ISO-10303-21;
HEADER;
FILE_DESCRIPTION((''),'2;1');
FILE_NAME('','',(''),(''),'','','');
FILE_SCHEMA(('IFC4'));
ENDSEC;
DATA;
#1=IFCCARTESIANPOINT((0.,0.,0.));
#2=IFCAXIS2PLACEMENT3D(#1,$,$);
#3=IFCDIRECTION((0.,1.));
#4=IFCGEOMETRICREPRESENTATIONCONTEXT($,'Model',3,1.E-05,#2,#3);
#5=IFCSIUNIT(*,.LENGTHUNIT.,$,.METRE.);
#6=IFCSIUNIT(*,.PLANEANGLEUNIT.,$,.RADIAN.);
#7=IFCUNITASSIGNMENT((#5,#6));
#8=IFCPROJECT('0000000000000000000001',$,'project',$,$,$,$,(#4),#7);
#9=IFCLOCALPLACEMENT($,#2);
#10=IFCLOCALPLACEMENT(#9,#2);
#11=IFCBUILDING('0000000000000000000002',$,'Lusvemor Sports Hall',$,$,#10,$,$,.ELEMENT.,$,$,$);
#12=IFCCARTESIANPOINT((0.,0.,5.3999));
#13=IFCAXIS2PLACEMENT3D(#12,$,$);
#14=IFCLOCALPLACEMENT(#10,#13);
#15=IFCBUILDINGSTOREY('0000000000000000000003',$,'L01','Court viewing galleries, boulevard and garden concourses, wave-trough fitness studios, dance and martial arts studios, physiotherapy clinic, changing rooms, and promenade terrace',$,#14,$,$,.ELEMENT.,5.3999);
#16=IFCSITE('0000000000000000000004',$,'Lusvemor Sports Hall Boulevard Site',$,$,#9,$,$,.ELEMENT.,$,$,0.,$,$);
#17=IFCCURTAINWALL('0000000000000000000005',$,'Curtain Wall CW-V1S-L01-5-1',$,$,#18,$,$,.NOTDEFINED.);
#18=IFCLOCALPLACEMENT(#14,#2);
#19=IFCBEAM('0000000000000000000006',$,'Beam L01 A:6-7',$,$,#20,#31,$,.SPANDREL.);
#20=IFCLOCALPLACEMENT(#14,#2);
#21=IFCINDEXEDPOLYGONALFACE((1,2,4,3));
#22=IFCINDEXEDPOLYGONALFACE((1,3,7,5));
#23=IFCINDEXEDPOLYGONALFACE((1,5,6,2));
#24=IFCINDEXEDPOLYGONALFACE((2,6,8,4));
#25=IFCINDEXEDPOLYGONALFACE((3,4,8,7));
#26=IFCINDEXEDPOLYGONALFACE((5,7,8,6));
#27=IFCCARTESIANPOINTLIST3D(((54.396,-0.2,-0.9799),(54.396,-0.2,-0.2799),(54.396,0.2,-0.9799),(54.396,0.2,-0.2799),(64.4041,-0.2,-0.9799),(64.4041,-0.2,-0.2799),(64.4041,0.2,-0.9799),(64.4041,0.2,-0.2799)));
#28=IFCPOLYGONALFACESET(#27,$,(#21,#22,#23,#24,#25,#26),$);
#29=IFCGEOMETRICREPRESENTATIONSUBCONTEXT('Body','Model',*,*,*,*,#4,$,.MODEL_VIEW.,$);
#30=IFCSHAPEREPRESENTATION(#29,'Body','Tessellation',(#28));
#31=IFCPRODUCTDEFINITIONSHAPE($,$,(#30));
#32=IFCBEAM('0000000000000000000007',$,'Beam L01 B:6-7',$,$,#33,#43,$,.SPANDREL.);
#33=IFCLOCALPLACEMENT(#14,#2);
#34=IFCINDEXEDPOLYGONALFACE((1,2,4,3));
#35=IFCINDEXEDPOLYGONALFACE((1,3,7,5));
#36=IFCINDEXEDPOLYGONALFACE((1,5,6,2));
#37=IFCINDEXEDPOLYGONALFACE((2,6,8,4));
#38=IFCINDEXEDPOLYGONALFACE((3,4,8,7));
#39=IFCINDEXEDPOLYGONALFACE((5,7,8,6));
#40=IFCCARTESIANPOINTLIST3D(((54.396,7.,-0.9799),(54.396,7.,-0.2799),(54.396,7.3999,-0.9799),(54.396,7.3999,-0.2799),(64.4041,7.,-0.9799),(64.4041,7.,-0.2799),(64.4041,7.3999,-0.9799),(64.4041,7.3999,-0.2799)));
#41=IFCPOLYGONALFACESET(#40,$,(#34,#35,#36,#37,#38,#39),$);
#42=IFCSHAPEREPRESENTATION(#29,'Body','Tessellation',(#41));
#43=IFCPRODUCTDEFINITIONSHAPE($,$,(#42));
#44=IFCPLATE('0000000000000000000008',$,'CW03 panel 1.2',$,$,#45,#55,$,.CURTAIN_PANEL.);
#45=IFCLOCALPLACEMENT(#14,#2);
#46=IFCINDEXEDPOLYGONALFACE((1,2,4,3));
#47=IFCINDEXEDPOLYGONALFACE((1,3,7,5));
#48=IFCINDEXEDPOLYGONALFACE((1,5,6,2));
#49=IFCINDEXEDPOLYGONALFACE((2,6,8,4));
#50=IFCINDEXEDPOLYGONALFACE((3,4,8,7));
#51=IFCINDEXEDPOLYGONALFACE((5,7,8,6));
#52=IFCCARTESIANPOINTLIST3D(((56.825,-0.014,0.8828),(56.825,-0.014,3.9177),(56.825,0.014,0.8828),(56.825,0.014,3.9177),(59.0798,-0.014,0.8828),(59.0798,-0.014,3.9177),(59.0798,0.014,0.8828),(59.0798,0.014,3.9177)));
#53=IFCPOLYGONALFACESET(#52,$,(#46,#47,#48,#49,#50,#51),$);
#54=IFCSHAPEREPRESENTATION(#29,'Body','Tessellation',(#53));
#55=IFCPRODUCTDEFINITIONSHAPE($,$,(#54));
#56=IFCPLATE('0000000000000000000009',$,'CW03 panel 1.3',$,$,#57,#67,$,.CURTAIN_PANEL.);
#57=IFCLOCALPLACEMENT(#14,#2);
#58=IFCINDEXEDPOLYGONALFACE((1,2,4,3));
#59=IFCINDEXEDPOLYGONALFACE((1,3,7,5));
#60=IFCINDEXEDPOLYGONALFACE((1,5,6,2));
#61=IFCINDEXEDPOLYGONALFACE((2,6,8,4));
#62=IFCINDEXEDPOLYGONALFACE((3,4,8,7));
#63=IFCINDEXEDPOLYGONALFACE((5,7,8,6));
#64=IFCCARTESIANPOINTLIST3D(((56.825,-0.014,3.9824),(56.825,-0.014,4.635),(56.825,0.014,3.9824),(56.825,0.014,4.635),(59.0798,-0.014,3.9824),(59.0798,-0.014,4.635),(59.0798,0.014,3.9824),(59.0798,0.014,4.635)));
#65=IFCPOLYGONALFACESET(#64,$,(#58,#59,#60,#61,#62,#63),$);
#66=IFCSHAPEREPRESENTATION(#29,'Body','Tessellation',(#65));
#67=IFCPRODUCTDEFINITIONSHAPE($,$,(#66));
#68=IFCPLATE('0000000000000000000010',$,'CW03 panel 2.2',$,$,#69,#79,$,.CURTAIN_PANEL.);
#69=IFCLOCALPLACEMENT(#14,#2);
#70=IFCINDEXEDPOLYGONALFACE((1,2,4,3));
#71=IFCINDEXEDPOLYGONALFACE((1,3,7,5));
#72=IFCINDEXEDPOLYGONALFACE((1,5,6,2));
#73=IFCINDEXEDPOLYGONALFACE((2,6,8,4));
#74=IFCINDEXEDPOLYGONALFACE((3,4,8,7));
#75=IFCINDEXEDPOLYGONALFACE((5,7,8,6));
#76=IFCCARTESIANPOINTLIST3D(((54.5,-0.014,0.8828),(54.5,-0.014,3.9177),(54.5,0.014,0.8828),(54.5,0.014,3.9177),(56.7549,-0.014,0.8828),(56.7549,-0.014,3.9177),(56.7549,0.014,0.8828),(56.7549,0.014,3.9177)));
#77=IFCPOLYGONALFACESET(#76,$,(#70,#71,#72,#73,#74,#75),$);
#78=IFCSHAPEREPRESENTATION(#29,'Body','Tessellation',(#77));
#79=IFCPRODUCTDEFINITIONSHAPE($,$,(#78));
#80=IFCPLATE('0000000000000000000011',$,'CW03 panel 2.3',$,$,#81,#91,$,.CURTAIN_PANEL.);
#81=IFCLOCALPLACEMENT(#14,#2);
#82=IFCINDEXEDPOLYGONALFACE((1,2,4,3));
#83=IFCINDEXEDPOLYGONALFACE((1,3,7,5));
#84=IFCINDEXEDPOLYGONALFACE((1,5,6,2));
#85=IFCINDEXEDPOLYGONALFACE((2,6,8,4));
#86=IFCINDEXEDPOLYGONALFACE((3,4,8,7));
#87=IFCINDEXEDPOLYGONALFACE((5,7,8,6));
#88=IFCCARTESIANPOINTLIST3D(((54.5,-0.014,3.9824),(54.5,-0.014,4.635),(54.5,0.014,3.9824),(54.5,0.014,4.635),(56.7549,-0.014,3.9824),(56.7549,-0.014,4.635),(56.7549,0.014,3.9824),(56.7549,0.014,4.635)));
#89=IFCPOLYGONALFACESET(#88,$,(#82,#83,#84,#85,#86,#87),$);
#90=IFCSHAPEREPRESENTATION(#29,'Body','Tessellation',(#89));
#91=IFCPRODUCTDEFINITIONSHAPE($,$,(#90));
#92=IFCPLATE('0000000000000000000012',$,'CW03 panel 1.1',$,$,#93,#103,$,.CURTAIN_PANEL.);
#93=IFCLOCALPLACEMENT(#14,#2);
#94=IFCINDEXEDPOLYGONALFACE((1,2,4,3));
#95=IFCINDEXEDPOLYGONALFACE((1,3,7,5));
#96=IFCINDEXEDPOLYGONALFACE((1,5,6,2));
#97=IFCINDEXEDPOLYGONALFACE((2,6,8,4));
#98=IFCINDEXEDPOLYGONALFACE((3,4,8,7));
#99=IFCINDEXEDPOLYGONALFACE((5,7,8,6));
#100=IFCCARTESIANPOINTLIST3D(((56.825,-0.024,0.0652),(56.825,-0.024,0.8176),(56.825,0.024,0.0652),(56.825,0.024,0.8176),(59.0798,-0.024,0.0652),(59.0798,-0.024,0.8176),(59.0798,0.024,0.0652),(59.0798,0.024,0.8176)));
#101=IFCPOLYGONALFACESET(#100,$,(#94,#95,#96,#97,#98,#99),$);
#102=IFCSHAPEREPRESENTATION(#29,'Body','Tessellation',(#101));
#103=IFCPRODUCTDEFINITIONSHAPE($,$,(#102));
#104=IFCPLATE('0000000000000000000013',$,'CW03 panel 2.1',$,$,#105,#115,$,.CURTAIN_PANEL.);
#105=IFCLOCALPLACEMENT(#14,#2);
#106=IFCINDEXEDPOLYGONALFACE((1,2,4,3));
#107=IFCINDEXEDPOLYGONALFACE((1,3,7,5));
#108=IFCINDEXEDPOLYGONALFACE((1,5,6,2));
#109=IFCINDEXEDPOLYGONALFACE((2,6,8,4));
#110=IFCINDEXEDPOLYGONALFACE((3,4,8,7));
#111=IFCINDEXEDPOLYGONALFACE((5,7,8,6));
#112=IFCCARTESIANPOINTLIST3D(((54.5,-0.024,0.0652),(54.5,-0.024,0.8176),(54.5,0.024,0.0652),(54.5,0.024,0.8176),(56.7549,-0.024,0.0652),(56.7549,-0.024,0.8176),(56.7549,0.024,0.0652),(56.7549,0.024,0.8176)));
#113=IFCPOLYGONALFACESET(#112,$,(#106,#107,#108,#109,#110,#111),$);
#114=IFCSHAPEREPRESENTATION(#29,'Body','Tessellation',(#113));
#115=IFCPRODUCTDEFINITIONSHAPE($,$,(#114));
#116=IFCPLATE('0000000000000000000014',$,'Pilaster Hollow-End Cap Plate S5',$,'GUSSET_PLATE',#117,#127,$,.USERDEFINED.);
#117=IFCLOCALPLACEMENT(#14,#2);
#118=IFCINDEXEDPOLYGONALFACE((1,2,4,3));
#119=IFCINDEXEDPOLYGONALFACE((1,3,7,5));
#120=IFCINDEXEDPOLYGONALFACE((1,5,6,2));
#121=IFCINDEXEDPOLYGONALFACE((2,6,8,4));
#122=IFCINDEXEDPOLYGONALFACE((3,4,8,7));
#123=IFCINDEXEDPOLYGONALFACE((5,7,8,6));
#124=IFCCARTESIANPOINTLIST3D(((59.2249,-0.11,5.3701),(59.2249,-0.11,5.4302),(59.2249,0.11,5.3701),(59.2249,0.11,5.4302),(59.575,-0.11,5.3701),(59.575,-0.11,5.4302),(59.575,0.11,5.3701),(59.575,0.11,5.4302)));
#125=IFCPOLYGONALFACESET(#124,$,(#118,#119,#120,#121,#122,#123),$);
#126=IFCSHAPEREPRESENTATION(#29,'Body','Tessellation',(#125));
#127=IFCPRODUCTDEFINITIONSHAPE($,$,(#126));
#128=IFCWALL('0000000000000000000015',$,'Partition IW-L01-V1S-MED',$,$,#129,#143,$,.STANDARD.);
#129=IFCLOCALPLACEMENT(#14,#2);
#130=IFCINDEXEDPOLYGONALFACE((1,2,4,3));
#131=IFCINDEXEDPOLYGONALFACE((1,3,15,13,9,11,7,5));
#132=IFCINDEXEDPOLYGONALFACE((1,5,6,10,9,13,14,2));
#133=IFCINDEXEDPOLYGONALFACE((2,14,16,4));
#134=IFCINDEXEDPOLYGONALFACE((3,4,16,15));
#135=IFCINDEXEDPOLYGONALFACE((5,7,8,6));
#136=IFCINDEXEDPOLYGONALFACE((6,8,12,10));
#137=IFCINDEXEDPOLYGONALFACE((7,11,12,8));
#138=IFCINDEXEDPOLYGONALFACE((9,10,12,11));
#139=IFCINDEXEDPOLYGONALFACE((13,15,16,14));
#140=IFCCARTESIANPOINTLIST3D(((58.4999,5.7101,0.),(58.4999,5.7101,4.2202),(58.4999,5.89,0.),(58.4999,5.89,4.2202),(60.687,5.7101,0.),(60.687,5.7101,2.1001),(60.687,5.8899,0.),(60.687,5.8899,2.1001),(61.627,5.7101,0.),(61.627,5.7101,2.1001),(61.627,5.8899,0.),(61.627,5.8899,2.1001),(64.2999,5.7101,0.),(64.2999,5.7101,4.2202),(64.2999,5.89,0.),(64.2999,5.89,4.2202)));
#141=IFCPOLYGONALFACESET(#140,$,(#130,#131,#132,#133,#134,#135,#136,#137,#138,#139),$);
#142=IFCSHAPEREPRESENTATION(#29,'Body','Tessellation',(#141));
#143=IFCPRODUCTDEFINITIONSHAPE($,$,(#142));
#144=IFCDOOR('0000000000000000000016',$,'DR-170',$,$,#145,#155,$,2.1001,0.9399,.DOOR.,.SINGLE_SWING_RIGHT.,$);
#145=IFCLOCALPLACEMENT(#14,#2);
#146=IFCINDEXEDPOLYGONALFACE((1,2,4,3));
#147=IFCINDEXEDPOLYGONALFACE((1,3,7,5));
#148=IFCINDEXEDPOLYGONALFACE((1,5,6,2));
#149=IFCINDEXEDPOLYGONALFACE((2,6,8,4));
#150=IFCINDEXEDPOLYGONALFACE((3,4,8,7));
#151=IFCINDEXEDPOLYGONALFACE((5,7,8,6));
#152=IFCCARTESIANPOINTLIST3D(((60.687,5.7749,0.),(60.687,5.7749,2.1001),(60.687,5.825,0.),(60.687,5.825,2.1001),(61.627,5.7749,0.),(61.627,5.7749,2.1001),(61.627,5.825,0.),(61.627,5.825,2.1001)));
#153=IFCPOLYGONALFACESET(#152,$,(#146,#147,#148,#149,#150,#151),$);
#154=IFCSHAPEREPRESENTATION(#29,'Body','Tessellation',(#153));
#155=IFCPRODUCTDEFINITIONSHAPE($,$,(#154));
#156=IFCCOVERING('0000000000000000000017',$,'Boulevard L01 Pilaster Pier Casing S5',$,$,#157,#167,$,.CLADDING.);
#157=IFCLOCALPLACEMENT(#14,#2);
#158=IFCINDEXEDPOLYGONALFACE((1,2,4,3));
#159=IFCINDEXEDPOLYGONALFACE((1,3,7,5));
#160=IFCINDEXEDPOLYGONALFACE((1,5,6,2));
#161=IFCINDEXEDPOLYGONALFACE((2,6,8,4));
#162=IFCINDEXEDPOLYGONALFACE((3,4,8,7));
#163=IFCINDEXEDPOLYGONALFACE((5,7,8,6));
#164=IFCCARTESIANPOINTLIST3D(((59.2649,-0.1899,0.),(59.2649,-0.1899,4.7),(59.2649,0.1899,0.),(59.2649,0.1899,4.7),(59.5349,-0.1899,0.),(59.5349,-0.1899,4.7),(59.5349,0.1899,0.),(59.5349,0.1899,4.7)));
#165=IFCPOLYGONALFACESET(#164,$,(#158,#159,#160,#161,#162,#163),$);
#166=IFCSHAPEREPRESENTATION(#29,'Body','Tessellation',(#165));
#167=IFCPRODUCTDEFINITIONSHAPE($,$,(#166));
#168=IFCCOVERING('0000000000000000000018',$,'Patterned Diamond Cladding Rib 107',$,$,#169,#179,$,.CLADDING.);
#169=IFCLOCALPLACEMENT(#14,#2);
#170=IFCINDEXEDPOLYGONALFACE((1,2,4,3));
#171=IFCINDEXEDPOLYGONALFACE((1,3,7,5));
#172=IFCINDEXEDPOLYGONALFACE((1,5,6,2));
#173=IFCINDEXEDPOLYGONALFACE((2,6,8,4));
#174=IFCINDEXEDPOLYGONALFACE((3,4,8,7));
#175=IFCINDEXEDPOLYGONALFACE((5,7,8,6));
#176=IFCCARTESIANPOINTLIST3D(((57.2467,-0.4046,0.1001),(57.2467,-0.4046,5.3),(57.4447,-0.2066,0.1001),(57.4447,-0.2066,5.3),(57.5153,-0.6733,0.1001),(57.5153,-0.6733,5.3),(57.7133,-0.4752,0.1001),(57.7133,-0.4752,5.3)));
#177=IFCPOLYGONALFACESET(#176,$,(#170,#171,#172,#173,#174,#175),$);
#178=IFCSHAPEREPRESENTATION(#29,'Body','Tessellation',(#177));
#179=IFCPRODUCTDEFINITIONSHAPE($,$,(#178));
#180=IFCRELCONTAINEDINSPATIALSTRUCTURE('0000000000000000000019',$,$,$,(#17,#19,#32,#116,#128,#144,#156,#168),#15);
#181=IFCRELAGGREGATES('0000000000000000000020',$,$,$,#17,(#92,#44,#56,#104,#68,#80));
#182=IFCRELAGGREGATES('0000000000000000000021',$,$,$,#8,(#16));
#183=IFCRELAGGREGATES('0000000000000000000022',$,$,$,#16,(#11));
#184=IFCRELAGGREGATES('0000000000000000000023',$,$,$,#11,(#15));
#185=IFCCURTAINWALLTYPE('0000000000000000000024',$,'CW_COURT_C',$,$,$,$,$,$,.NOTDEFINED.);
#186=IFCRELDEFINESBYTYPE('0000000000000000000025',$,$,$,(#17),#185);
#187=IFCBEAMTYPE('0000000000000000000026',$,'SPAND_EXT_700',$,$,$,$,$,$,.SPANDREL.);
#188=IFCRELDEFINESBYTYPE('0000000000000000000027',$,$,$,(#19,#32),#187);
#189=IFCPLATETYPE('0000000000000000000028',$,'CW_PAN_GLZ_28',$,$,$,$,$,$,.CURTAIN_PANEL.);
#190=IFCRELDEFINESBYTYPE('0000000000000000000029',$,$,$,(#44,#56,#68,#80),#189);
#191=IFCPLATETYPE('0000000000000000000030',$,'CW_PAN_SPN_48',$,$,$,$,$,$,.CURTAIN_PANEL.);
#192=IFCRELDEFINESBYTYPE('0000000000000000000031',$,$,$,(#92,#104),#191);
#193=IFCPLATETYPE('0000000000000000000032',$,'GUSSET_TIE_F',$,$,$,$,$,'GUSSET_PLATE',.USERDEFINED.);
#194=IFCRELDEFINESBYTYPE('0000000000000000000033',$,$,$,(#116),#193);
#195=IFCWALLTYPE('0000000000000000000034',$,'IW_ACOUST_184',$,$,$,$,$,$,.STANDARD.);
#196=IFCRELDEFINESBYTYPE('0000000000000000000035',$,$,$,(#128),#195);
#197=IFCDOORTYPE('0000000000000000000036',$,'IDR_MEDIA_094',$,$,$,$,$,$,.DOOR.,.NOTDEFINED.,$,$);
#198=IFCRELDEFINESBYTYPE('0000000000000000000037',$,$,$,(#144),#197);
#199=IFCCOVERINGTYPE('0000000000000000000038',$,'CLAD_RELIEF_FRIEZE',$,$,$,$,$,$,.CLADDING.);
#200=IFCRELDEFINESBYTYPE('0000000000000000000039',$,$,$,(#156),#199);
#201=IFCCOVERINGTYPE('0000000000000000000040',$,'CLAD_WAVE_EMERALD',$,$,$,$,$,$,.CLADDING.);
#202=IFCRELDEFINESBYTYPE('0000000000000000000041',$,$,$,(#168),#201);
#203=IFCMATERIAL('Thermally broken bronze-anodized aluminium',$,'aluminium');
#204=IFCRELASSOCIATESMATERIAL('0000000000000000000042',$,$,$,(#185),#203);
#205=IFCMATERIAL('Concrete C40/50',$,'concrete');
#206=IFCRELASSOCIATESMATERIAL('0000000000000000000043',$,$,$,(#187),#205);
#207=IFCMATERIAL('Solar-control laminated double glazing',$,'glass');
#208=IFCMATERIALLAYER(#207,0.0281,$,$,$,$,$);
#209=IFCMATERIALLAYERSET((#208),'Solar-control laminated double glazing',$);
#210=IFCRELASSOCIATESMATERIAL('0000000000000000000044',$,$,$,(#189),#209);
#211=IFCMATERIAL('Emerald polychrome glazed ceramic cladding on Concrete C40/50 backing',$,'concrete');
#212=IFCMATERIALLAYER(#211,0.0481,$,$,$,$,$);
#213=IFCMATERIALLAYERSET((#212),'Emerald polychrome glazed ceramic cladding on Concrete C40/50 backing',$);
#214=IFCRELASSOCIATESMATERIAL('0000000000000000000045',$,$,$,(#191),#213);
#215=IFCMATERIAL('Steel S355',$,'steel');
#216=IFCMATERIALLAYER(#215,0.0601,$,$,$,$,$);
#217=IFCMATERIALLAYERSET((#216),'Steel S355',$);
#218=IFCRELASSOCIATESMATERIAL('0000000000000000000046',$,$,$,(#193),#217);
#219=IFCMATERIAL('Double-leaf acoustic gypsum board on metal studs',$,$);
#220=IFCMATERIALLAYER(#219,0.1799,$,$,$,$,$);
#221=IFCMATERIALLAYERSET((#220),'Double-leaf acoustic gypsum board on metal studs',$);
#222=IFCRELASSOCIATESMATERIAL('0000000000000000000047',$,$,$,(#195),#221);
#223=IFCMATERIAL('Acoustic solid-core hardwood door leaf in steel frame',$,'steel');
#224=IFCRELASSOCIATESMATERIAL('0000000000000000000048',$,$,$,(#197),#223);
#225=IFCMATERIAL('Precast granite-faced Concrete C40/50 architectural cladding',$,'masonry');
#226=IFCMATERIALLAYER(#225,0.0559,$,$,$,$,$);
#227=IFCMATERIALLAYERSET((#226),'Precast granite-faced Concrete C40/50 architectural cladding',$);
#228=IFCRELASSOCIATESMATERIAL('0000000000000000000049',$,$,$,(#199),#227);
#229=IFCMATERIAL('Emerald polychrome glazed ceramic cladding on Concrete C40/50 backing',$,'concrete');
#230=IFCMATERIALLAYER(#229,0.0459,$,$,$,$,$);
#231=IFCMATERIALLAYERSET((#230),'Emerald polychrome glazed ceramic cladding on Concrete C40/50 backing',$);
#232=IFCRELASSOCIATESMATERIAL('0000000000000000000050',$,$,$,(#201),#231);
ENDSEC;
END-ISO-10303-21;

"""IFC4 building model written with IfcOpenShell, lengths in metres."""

from ifc_helpers import new_model, si_unit, direction, frame, frame_2d, origin, origin_2d, place, context, subcontext, project, spatial, rectangle, extrude, material, layer, layer_set, material_profile, profile_set, type_object, element, fill, aggregate, save


model = new_model("IFC4")

# Units and contexts
model_context = context("Model", 3, precision=1e-05, world=origin(), true_north=direction((0.0, 1.0)))
body_context = subcontext(model_context, "Body", "Model", "MODEL_VIEW")
ifc_project = project(units=[si_unit("LENGTHUNIT", "METRE"), si_unit("PLANEANGLEUNIT", "RADIAN")], contexts=[model_context])

# Site, building, storey
site_placement = place(None, origin())
site = spatial("IfcSite", under=ifc_project, at=site_placement, Name="Lusvemor Sports Hall Boulevard Site", CompositionType="ELEMENT", RefElevation=0.0)
building_placement = place(site_placement, origin())
building = spatial("IfcBuilding", under=site, at=building_placement, Name="Lusvemor Sports Hall", CompositionType="ELEMENT")
storey_placement = place(building_placement, frame((0.0, 0.0, 5.3999)))
storey = spatial("IfcBuildingStorey", under=building, at=storey_placement, Name="L01", Description="Court viewing galleries, boulevard and garden concourses, wave-trough fitness studios, dance and martial arts studios, physiotherapy clinic, changing rooms, and promenade terrace", CompositionType="ELEMENT", Elevation=5.3999)

# Curtain wall
ifc_material_1 = material(Name="Thermally broken bronze-anodized aluminium", Category="aluminium")
curtain_wall_type = type_object("IfcCurtainWallType", Name="CW_COURT_C", PredefinedType="NOTDEFINED", material=ifc_material_1)
curtain_wall_placement = place(storey_placement, origin())
curtain_wall = element("IfcCurtainWall", 1, at=curtain_wall_placement, inside=storey, type_object=curtain_wall_type, Name="Curtain Wall CW-V1S-L01-5-1", PredefinedType="NOTDEFINED")

# Beams
ifc_material_2 = material(Name="Concrete C40/50", Category="concrete")
ifc_material_profile_1 = material_profile(ifc_material_2, rectangle(XDim=0.3999, YDim=0.7, at=origin_2d()), Name="RC400x700")
ifc_profile_set_1 = profile_set([ifc_material_profile_1], Name="Concrete C40/50")
beam_type_1 = type_object("IfcBeamType", Name="SPAND_EXT_700", PredefinedType="SPANDREL", material=ifc_profile_set_1)
for number, where, z_axis, x_axis, name in (
    (2, (54.396, 0.0, -0.6299), (1.0, 0.0, 0.0), (0.0, 1.0, 0.0), "Beam L01 A:6-7"),
    (3, (54.396, 7.2, -0.6299), (1.0, 0.0, 0.0), (0.0, 1.0, 0.0), "Beam L01 B:6-7"),
):
    element("IfcBeam", number, at=place(storey_placement, frame(where, z_axis=z_axis, x_axis=x_axis)), inside=storey, type_object=beam_type_1, Name=name, PredefinedType="SPANDREL", context=body_context, shape_type="SweptSolid", body=[
        extrude(rectangle(XDim=0.3999, YDim=0.7, at=origin_2d()), origin(), (0.0, 0.0, 1.0), 10.0081),
    ])

# Plates
ifc_material_3 = material(Name="Solar-control laminated double glazing", Category="glass")
ifc_layer_1 = layer(ifc_material_3, 0.0281)
ifc_layer_set_1 = layer_set([ifc_layer_1], Name="Solar-control laminated double glazing")
plate_type_1 = type_object("IfcPlateType", Name="CW_PAN_GLZ_28", PredefinedType="CURTAIN_PANEL", material=ifc_layer_set_1)
plate_1_placement = place(storey_placement, frame((57.9524, 0.0, 0.8828), z_axis=(0.0, 0.0, 1.0), x_axis=(-1.0, 0.0, 0.0)))
plate_1 = element("IfcPlate", 4, at=plate_1_placement, type_object=plate_type_1, Name="CW03 panel 1.2", PredefinedType="CURTAIN_PANEL", context=body_context, shape_type="SweptSolid", body=[
    extrude(rectangle(XDim=2.2549, YDim=0.0281, at=origin_2d()), origin(), (0.0, 0.0, 1.0), 3.0349),
])
plate_2_placement = place(storey_placement, frame((57.9524, 0.0, 3.9824), z_axis=(0.0, 0.0, 1.0), x_axis=(-1.0, 0.0, 0.0)))
plate_2 = element("IfcPlate", 5, at=plate_2_placement, type_object=plate_type_1, Name="CW03 panel 1.3", PredefinedType="CURTAIN_PANEL", context=body_context, shape_type="SweptSolid", body=[
    extrude(rectangle(XDim=2.2549, YDim=0.0281, at=origin_2d()), origin(), (0.0, 0.0, 1.0), 0.6526),
])
plate_3_placement = place(storey_placement, frame((55.6274, 0.0, 0.8828), z_axis=(0.0, 0.0, 1.0), x_axis=(-1.0, 0.0, 0.0)))
plate_3 = element("IfcPlate", 6, at=plate_3_placement, type_object=plate_type_1, Name="CW03 panel 2.2", PredefinedType="CURTAIN_PANEL", context=body_context, shape_type="SweptSolid", body=[
    extrude(rectangle(XDim=2.2549, YDim=0.0281, at=origin_2d()), origin(), (0.0, 0.0, 1.0), 3.0349),
])
plate_4_placement = place(storey_placement, frame((55.6274, 0.0, 3.9824), z_axis=(0.0, 0.0, 1.0), x_axis=(-1.0, 0.0, 0.0)))
plate_4 = element("IfcPlate", 7, at=plate_4_placement, type_object=plate_type_1, Name="CW03 panel 2.3", PredefinedType="CURTAIN_PANEL", context=body_context, shape_type="SweptSolid", body=[
    extrude(rectangle(XDim=2.2549, YDim=0.0281, at=origin_2d()), origin(), (0.0, 0.0, 1.0), 0.6526),
])
ifc_material_4 = material(Name="Emerald polychrome glazed ceramic cladding on Concrete C40/50 backing", Category="concrete")
ifc_layer_2 = layer(ifc_material_4, 0.0481)
ifc_layer_set_2 = layer_set([ifc_layer_2], Name="Emerald polychrome glazed ceramic cladding on Concrete C40/50 backing")
plate_type_2 = type_object("IfcPlateType", Name="CW_PAN_SPN_48", PredefinedType="CURTAIN_PANEL", material=ifc_layer_set_2)
plate_5_placement = place(storey_placement, frame((57.9524, 0.0, 0.0652), z_axis=(0.0, 0.0, 1.0), x_axis=(-1.0, 0.0, 0.0)))
plate_5 = element("IfcPlate", 8, at=plate_5_placement, type_object=plate_type_2, Name="CW03 panel 1.1", PredefinedType="CURTAIN_PANEL", context=body_context, shape_type="SweptSolid", body=[
    extrude(rectangle(XDim=2.2549, YDim=0.0481, at=origin_2d()), origin(), (0.0, 0.0, 1.0), 0.7524),
])
plate_6_placement = place(storey_placement, frame((55.6274, 0.0, 0.0652), z_axis=(0.0, 0.0, 1.0), x_axis=(-1.0, 0.0, 0.0)))
plate_6 = element("IfcPlate", 9, at=plate_6_placement, type_object=plate_type_2, Name="CW03 panel 2.1", PredefinedType="CURTAIN_PANEL", context=body_context, shape_type="SweptSolid", body=[
    extrude(rectangle(XDim=2.2549, YDim=0.0481, at=origin_2d()), origin(), (0.0, 0.0, 1.0), 0.7524),
])
aggregate(curtain_wall, [plate_5, plate_1, plate_2, plate_6, plate_3, plate_4])
ifc_material_5 = material(Name="Steel S355", Category="steel")
ifc_layer_3 = layer(ifc_material_5, 0.0601)
ifc_layer_set_3 = layer_set([ifc_layer_3], Name="Steel S355")
plate_type_3 = type_object("IfcPlateType", Name="GUSSET_TIE_F", ElementType="GUSSET_PLATE", PredefinedType="USERDEFINED", material=ifc_layer_set_3)
plate_7_placement = place(storey_placement, frame((59.3999, 0.0, 5.3701), z_axis=(0.0, 0.0, 1.0), x_axis=(1.0, 0.0, 0.0)))
element("IfcPlate", 10, at=plate_7_placement, inside=storey, type_object=plate_type_3, Name="Pilaster Hollow-End Cap Plate S5", ObjectType="GUSSET_PLATE", PredefinedType="USERDEFINED", context=body_context, shape_type="SweptSolid", body=[
    extrude(rectangle(XDim=0.3501, YDim=0.22, at=origin_2d()), origin(), (0.0, 0.0, 1.0), 0.0601),
])

# Wall, opening, door
ifc_material_6 = material(Name="Double-leaf acoustic gypsum board on metal studs")
ifc_layer_4 = layer(ifc_material_6, 0.1799)
ifc_layer_set_4 = layer_set([ifc_layer_4], Name="Double-leaf acoustic gypsum board on metal studs")
wall_type = type_object("IfcWallType", Name="IW_ACOUST_184", PredefinedType="STANDARD", material=ifc_layer_set_4)
wall_placement = place(storey_placement, frame((58.5, 5.8, 0.0), z_axis=(0.0, 0.0, 1.0), x_axis=(1.0, 0.0, 0.0)))
wall = element("IfcWall", 11, at=wall_placement, inside=storey, type_object=wall_type, Name="Partition IW-L01-V1S-MED", PredefinedType="STANDARD", context=body_context, shape_type="SweptSolid", body=[
    extrude(rectangle(XDim=5.8, YDim=0.1799, at=frame_2d((2.8999, 0.0))), origin(), (0.0, 0.0, 1.0), 4.2202),
])
opening_placement = place(wall_placement, frame((2.187, 0.0, 0.0)))
opening = element("IfcOpeningElement", 12, at=opening_placement, cuts=wall, PredefinedType="OPENING", context=body_context, shape_type="SweptSolid", body=[
    extrude(rectangle(XDim=0.9399, YDim=2.1001, at=frame_2d((0.47, 1.05))), frame((0.0, 0.0898, 0.0), z_axis=(0.0, -1.0, 0.0), x_axis=(1.0, 0.0, 0.0)), (0.0, 0.0, 1.0), 0.1799),
])
ifc_material_7 = material(Name="Acoustic solid-core hardwood door leaf in steel frame", Category="steel")
door_type = type_object("IfcDoorType", Name="IDR_MEDIA_094", OperationType="NOTDEFINED", PredefinedType="DOOR", material=ifc_material_7)
door_placement = place(opening_placement, origin())
door = element("IfcDoor", 13, at=door_placement, inside=storey, type_object=door_type, Name="DR-170", OperationType="SINGLE_SWING_RIGHT", OverallHeight=2.1001, OverallWidth=0.9399, PredefinedType="DOOR", context=body_context, shape_type="SweptSolid", body=[
    extrude(rectangle(XDim=0.9399, YDim=2.1001, at=frame_2d((0.47, 1.05))), frame((0.0, 0.0249, 0.0), z_axis=(0.0, -1.0, 0.0), x_axis=(1.0, 0.0, 0.0)), (0.0, 0.0, 1.0), 0.05),
])
fill(opening, door)

# Coverings
ifc_material_8 = material(Name="Precast granite-faced Concrete C40/50 architectural cladding", Category="masonry")
ifc_layer_5 = layer(ifc_material_8, 0.0559)
ifc_layer_set_5 = layer_set([ifc_layer_5], Name="Precast granite-faced Concrete C40/50 architectural cladding")
covering_type_1 = type_object("IfcCoveringType", Name="CLAD_RELIEF_FRIEZE", PredefinedType="CLADDING", material=ifc_layer_set_5)
covering_1_placement = place(storey_placement, frame((59.3999, 0.0, 0.0), z_axis=(0.0, 0.0, 1.0), x_axis=(1.0, 0.0, 0.0)))
element("IfcCovering", 14, at=covering_1_placement, inside=storey, type_object=covering_type_1, Name="Boulevard L01 Pilaster Pier Casing S5", PredefinedType="CLADDING", context=body_context, shape_type="SweptSolid", body=[
    extrude(rectangle(XDim=0.27, YDim=0.3799, at=origin_2d()), origin(), (0.0, 0.0, 1.0), 4.7),
])
ifc_material_9 = material(Name="Emerald polychrome glazed ceramic cladding on Concrete C40/50 backing", Category="concrete")
ifc_layer_6 = layer(ifc_material_9, 0.0459)
ifc_layer_set_6 = layer_set([ifc_layer_6], Name="Emerald polychrome glazed ceramic cladding on Concrete C40/50 backing")
covering_type_2 = type_object("IfcCoveringType", Name="CLAD_WAVE_EMERALD", PredefinedType="CLADDING", material=ifc_layer_set_6)
covering_2_placement = place(storey_placement, frame((57.48, -0.4399, 0.1001), z_axis=(0.0, 0.0, 1.0), x_axis=(0.707107, 0.707107, 0.0)))
element("IfcCovering", 15, at=covering_2_placement, inside=storey, type_object=covering_type_2, Name="Patterned Diamond Cladding Rib 107", PredefinedType="CLADDING", context=body_context, shape_type="SweptSolid", body=[
    extrude(rectangle(XDim=0.28, YDim=0.3799, at=origin_2d()), origin(), (0.0, 0.0, 1.0), 5.2),
])

save(model, "model.ifc")
